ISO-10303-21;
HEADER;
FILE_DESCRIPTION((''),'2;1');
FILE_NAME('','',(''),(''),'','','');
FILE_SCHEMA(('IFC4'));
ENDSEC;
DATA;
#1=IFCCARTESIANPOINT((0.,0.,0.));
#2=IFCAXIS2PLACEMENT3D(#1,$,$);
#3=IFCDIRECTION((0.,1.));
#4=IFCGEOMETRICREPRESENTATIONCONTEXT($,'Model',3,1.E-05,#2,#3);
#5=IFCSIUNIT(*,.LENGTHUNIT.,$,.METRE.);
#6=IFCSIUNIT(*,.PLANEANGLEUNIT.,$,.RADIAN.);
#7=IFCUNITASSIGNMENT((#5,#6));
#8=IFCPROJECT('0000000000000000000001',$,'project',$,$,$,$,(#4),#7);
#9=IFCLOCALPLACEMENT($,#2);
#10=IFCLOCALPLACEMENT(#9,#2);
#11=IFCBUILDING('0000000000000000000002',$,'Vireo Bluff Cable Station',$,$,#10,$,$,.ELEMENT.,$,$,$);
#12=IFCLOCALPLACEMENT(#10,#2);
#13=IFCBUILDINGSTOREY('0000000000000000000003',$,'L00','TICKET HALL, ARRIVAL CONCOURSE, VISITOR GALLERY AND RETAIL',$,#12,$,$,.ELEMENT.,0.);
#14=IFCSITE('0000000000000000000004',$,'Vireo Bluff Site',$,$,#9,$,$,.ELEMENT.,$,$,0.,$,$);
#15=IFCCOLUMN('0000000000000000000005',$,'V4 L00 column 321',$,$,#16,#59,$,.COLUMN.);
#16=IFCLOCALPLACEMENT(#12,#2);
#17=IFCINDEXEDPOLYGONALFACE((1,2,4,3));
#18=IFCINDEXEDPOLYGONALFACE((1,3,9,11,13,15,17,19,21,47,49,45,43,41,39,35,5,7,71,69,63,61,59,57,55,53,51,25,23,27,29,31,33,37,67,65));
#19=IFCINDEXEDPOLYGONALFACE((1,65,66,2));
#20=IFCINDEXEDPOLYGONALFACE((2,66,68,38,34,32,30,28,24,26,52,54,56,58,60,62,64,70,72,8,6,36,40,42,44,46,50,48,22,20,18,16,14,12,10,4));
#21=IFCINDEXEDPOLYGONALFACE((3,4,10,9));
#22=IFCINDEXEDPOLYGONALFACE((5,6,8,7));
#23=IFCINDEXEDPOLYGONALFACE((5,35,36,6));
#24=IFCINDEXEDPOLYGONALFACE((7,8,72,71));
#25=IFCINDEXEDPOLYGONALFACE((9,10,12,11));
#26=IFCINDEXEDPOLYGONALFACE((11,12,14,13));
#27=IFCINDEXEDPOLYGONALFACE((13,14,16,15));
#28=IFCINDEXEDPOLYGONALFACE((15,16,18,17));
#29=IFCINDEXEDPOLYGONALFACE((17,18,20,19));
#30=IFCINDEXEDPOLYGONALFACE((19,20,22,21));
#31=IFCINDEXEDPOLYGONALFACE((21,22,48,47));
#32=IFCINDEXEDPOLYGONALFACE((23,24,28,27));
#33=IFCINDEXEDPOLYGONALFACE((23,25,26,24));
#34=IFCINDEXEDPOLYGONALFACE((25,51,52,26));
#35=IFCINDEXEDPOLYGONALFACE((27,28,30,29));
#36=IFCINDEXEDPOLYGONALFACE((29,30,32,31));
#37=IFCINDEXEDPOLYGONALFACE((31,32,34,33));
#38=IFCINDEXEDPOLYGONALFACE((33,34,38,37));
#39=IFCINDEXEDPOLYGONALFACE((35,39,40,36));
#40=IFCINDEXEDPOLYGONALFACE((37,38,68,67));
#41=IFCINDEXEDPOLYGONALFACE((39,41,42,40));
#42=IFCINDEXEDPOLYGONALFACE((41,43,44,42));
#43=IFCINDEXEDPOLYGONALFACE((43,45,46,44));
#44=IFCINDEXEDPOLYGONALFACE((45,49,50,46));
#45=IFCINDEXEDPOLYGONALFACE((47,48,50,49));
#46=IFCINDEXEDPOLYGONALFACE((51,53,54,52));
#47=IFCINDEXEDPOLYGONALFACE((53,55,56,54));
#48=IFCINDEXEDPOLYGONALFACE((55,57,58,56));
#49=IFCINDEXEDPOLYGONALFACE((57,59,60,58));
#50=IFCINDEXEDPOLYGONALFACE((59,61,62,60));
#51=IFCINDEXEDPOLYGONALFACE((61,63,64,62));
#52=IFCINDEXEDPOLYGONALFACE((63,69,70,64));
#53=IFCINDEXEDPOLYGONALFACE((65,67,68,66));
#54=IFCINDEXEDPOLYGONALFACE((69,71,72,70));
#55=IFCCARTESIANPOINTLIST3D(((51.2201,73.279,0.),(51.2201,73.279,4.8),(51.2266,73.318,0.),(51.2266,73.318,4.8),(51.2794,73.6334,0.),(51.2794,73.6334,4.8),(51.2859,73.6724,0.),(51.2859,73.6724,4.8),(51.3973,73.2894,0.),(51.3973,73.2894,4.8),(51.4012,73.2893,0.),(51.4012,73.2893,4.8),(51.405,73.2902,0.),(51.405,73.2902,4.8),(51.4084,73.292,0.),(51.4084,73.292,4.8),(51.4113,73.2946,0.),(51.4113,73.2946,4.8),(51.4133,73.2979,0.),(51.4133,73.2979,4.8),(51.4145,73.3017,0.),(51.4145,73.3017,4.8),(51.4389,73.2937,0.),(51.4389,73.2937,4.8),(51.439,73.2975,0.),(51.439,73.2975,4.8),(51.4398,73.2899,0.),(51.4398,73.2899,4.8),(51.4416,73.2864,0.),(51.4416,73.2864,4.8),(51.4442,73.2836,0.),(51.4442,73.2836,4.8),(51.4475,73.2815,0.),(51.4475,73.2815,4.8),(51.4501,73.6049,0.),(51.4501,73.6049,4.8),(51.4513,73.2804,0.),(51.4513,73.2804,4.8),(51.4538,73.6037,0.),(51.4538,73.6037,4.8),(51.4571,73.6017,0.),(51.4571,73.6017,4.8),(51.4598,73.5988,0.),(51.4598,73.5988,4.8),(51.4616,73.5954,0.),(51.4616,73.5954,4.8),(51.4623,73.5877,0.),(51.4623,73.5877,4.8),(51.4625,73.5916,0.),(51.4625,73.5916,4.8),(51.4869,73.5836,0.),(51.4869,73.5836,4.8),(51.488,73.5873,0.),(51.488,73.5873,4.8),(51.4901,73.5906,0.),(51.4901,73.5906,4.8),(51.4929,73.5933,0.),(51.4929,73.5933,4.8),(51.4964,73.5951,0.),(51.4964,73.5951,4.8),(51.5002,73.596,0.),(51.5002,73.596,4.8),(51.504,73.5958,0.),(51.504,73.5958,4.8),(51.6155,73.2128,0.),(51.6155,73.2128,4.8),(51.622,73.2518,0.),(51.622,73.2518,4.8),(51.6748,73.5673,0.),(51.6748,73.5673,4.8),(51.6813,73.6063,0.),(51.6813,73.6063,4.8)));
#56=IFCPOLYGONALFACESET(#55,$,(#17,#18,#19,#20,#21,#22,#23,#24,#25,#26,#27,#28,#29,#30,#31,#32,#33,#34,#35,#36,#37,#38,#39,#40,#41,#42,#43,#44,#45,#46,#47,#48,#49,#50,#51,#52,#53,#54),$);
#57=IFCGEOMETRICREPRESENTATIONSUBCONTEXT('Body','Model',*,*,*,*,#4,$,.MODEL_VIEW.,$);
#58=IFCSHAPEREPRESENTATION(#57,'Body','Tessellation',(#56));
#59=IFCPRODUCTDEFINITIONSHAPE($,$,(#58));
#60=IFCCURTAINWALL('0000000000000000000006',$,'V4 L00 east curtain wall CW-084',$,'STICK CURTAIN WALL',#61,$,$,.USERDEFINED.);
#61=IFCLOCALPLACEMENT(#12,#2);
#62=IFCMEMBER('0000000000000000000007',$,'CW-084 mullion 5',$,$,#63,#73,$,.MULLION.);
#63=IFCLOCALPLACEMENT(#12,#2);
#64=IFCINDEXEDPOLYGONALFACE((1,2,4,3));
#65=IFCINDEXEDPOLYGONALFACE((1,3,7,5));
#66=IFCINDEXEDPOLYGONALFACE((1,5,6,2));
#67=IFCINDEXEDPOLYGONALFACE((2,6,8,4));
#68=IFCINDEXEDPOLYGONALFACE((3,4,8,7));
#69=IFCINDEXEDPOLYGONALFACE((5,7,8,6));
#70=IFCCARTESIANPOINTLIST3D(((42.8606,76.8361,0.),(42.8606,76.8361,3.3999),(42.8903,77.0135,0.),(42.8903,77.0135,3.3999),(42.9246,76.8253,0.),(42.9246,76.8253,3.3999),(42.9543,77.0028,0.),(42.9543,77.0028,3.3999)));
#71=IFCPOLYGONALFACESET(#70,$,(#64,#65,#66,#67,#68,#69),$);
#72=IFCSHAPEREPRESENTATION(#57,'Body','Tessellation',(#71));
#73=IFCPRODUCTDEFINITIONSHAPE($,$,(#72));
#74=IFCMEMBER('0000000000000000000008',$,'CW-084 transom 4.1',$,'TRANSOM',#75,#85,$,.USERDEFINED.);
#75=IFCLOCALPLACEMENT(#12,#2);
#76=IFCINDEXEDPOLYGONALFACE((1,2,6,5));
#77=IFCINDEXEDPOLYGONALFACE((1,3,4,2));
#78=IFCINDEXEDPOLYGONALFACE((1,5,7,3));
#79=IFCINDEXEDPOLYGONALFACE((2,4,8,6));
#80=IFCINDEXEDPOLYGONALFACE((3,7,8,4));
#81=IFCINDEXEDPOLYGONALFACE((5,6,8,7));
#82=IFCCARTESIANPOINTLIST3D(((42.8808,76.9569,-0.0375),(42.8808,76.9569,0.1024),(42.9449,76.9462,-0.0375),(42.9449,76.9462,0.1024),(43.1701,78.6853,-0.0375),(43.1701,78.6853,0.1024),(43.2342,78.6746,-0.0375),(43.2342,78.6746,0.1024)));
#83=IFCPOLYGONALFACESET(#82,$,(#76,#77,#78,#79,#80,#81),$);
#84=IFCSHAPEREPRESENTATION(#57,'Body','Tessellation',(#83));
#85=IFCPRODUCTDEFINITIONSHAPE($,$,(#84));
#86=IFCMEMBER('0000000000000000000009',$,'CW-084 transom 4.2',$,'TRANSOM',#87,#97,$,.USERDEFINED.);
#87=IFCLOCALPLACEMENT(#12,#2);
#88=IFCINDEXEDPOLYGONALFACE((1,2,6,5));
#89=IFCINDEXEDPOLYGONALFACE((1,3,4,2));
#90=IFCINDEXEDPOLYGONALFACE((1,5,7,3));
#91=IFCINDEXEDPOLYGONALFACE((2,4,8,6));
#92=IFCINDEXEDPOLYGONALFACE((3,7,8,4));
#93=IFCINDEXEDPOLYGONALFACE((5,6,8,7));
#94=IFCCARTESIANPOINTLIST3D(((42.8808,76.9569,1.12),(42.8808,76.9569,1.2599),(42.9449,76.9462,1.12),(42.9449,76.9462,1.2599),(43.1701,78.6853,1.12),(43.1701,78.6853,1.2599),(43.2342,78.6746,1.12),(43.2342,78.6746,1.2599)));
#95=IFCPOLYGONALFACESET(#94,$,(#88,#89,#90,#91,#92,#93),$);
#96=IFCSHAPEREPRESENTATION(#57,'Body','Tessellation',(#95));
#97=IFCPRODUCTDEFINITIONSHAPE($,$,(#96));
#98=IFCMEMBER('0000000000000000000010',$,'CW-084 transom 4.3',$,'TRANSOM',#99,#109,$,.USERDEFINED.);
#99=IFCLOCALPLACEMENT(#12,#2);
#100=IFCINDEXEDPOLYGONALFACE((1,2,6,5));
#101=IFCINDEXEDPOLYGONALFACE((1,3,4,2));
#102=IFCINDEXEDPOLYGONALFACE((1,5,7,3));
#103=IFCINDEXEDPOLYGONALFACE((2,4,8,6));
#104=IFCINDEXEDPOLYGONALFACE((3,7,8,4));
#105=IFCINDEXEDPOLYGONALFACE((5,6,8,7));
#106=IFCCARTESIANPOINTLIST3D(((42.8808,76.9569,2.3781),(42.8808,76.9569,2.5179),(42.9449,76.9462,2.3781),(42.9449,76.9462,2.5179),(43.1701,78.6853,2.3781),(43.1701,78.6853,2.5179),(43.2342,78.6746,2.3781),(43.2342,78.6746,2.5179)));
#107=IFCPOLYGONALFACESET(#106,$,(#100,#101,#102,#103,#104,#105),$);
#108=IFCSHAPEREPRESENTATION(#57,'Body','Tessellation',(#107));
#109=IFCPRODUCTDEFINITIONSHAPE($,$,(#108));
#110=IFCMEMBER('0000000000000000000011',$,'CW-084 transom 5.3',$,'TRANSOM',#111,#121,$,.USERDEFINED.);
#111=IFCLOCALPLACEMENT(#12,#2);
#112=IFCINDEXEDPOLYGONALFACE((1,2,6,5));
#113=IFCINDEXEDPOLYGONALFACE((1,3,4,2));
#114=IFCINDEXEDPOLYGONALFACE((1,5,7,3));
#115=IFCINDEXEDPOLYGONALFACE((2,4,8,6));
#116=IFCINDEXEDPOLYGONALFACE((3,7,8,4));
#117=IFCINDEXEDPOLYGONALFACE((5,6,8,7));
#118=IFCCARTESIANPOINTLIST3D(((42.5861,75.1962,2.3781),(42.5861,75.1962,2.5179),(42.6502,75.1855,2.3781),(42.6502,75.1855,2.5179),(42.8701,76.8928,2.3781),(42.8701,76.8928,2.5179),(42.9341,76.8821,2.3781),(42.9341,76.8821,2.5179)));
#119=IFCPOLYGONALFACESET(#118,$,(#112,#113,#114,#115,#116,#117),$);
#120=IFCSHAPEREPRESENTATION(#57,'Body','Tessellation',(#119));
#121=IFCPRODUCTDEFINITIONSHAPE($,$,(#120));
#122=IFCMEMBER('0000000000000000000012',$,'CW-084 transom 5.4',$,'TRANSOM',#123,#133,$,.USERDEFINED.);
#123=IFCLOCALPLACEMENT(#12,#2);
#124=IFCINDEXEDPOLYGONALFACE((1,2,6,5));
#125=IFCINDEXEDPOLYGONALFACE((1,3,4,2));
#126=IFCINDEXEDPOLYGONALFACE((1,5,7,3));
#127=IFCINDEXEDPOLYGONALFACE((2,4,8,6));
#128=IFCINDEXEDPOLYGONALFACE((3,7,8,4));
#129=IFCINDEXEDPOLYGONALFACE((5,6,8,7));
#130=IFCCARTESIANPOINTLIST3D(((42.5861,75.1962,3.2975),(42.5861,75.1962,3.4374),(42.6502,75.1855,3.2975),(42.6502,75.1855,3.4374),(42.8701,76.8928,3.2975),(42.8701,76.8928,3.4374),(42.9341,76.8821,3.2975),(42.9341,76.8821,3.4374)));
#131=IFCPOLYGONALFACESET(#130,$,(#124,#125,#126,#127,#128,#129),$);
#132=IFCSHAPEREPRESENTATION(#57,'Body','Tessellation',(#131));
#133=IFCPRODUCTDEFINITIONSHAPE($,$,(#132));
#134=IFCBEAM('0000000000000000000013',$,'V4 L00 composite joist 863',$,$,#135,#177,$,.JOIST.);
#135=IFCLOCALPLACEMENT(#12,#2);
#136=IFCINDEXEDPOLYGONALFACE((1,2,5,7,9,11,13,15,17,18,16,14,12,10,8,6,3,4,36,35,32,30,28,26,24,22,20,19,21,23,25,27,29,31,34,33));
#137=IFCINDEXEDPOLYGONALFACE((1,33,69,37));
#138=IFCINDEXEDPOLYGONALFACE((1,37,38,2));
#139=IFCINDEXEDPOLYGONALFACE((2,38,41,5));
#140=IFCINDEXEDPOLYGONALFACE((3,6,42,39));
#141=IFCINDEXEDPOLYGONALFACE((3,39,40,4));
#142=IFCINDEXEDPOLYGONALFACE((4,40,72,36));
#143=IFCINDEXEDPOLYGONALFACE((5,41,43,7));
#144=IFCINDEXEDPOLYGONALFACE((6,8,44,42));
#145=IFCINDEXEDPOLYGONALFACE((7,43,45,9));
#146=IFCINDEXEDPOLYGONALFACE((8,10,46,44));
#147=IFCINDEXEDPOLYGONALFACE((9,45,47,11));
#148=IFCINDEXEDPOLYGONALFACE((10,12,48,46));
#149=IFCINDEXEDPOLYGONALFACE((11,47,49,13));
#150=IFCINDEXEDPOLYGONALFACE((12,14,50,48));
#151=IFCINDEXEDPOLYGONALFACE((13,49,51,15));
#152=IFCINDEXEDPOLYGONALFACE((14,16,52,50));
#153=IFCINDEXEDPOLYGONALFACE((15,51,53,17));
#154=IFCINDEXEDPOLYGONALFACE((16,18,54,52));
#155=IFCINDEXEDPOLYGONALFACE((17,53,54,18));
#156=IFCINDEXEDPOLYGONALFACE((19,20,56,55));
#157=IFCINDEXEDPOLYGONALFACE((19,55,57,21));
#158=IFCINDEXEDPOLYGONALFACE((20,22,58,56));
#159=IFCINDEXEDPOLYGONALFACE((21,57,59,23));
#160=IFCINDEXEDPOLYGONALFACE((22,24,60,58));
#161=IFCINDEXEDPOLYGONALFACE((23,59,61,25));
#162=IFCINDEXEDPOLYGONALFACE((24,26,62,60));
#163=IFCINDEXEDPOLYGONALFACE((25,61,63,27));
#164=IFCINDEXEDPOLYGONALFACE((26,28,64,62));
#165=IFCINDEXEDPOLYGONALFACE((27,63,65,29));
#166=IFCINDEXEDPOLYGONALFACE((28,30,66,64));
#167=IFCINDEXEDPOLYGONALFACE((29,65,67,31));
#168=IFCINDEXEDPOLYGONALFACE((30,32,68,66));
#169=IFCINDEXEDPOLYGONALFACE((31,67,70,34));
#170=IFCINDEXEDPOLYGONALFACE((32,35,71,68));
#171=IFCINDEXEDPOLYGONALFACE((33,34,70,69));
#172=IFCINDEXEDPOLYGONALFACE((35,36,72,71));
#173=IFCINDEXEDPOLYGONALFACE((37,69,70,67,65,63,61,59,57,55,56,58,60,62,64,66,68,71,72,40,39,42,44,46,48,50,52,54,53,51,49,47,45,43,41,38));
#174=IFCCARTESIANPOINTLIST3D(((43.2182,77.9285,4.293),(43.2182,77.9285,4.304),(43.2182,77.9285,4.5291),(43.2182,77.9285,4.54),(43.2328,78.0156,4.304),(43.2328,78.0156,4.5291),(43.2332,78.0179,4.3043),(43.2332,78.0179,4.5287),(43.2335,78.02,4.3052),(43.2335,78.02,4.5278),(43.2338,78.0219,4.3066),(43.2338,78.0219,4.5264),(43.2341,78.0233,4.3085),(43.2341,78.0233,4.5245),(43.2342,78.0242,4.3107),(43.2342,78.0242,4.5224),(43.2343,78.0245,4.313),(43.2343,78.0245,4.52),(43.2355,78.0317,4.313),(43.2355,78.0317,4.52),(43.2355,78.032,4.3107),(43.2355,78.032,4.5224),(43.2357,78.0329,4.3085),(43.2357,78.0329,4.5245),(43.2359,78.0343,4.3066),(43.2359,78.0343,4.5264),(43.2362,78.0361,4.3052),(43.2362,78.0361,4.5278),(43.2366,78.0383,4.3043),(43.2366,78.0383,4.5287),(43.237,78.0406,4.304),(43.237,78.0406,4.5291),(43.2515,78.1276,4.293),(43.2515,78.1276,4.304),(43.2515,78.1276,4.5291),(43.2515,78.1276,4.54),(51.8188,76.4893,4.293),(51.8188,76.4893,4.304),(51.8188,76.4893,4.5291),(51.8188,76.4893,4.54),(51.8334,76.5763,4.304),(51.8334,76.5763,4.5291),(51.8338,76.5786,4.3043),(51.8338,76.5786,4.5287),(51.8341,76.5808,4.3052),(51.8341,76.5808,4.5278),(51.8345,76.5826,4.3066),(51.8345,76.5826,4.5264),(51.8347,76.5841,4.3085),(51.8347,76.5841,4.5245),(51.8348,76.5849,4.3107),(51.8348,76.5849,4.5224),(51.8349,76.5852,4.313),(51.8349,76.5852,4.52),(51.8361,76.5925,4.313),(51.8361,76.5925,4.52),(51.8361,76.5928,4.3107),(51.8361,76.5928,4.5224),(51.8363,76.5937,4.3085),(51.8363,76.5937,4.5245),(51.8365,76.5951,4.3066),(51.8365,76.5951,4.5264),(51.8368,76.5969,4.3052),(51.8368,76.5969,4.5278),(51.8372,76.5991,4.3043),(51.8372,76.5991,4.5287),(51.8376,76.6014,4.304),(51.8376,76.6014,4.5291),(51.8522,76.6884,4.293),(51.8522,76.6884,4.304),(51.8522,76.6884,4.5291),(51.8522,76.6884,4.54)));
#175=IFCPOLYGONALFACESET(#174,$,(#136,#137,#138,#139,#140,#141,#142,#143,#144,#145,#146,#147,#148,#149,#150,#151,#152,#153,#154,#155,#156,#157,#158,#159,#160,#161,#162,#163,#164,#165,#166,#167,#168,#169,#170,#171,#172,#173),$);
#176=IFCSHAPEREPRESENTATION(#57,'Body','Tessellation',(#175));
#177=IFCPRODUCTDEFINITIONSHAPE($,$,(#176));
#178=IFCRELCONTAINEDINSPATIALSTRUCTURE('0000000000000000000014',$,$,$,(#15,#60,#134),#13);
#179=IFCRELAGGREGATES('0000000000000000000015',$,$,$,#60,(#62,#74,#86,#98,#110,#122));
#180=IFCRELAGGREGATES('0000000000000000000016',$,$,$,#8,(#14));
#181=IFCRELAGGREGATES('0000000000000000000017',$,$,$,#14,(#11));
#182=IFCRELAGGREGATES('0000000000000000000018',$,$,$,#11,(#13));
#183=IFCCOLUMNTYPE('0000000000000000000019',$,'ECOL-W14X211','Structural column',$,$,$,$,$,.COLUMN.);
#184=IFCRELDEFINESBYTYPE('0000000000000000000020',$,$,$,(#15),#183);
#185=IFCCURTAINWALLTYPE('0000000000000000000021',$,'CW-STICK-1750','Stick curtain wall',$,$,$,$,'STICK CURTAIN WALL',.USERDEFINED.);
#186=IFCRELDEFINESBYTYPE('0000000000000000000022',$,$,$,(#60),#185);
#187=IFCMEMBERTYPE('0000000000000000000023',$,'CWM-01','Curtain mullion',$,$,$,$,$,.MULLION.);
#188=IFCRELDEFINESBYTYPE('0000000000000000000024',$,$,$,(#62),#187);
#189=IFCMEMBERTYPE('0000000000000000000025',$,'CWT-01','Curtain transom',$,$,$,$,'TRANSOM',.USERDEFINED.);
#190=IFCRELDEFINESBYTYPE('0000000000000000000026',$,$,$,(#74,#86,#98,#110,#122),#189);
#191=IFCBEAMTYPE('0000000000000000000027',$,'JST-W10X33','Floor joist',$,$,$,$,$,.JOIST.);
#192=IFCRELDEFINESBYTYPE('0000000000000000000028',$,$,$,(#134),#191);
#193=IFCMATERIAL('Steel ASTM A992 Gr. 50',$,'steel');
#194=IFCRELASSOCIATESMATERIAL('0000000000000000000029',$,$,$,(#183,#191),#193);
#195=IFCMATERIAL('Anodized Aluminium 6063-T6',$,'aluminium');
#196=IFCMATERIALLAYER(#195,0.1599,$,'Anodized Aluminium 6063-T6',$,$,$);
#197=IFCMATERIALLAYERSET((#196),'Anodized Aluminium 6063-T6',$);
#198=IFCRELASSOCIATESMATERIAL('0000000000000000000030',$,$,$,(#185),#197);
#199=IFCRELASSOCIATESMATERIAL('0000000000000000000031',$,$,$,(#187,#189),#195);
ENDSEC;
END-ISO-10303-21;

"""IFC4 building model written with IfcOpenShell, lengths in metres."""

from ifc_helpers import new_model, si_unit, direction, frame, origin, origin_2d, place, context, subcontext, project, spatial, rectangle, i_section, extrude, material, layer, layer_set, material_profile, profile_set, type_object, element, aggregate, save


model = new_model("IFC4")

# Units and contexts
model_context = context("Model", 3, precision=1e-05, world=origin(), true_north=direction((0.0, 1.0)))
body_context = subcontext(model_context, "Body", "Model", "MODEL_VIEW")
ifc_project = project(units=[si_unit("LENGTHUNIT", "METRE"), si_unit("PLANEANGLEUNIT", "RADIAN")], contexts=[model_context])

# Site, building, storey
site_placement = place(None, origin())
site = spatial("IfcSite", under=ifc_project, at=site_placement, Name="Vireo Bluff Site", CompositionType="ELEMENT", RefElevation=0.0)
building_placement = place(site_placement, origin())
building = spatial("IfcBuilding", under=site, at=building_placement, Name="Vireo Bluff Cable Station", CompositionType="ELEMENT")
storey_placement = place(building_placement, origin())
storey = spatial("IfcBuildingStorey", under=building, at=storey_placement, Name="L00", Description="TICKET HALL, ARRIVAL CONCOURSE, VISITOR GALLERY AND RETAIL", CompositionType="ELEMENT", Elevation=0.0)

# Column
ifc_material_1 = material(Name="Steel ASTM A992 Gr. 50", Category="steel")
ifc_material_profile_1 = material_profile(ifc_material_1, i_section(OverallWidth=0.4009, OverallDepth=0.3989, WebThickness=0.0249, FlangeThickness=0.0396, FilletRadius=0.0149, at=origin_2d()), Name="W14X211")
ifc_profile_set_1 = profile_set([ifc_material_profile_1], Name="Steel ASTM A992 Gr. 50")
column_type_1 = type_object("IfcColumnType", Name="ECOL-W14X211", Description="Structural column", PredefinedType="COLUMN", material=ifc_profile_set_1)
column_placement = place(storey_placement, frame((51.4507, 73.4426, 0.0), z_axis=(0.0, 0.0, 1.0), x_axis=(0.986286, -0.165048, 0.0)))
element("IfcColumn", 1, at=column_placement, inside=storey, type_object=column_type_1, Name="V4 L00 column 321", PredefinedType="COLUMN", context=body_context, shape_type="SweptSolid", body=[
    extrude(i_section(OverallWidth=0.4009, OverallDepth=0.3989, WebThickness=0.0249, FlangeThickness=0.0396, FilletRadius=0.0149, at=origin_2d()), origin(), (0.0, 0.0, 1.0), 4.8),
])

# Curtain wall, members
ifc_material_2 = material(Name="Anodized Aluminium 6063-T6", Category="aluminium")
ifc_layer_1 = layer(ifc_material_2, 0.1599, Name="Anodized Aluminium 6063-T6")
ifc_layer_set_1 = layer_set([ifc_layer_1], Name="Anodized Aluminium 6063-T6")
curtain_wall_type = type_object("IfcCurtainWallType", Name="CW-STICK-1750", Description="Stick curtain wall", ElementType="STICK CURTAIN WALL", PredefinedType="USERDEFINED", material=ifc_layer_set_1)
curtain_wall_placement = place(storey_placement, origin())
curtain_wall = element("IfcCurtainWall", 2, at=curtain_wall_placement, inside=storey, type_object=curtain_wall_type, Name="V4 L00 east curtain wall CW-084", ObjectType="STICK CURTAIN WALL", PredefinedType="USERDEFINED")
ifc_material_profile_2 = material_profile(ifc_material_2, rectangle(XDim=0.0649, YDim=0.1799, at=origin_2d()), Name="ALU-M-65X180")
ifc_profile_set_2 = profile_set([ifc_material_profile_2], Name="Anodized Aluminium 6063-T6")
member_type_1 = type_object("IfcMemberType", Name="CWM-01", Description="Curtain mullion", PredefinedType="MULLION", material=ifc_profile_set_2)
member_1_placement = place(storey_placement, frame((42.9075, 76.9194, 0.0), z_axis=(0.0, 0.0, 1.0), x_axis=(0.986286, -0.165048, 0.0)))
member_1 = element("IfcMember", 3, at=member_1_placement, type_object=member_type_1, Name="CW-084 mullion 5", PredefinedType="MULLION", context=body_context, shape_type="SweptSolid", body=[
    extrude(rectangle(XDim=0.0649, YDim=0.1799, at=origin_2d()), origin(), (0.0, 0.0, 1.0), 3.3999),
])
ifc_material_profile_3 = material_profile(ifc_material_2, rectangle(XDim=0.0649, YDim=0.1399, at=origin_2d()), Name="ALU-T-65X140")
ifc_profile_set_3 = profile_set([ifc_material_profile_3], Name="Anodized Aluminium 6063-T6")
member_type_2 = type_object("IfcMemberType", Name="CWT-01", Description="Curtain transom", ElementType="TRANSOM", PredefinedType="USERDEFINED", material=ifc_profile_set_3)
member_2_placement = place(storey_placement, frame((43.2021, 78.6799, 0.0325), z_axis=(-0.165077, -0.986281, 0.0), x_axis=(0.986281, -0.165077, 0.0)))
member_2 = element("IfcMember", 4, at=member_2_placement, type_object=member_type_2, Name="CW-084 transom 4.1", ObjectType="TRANSOM", PredefinedType="USERDEFINED", context=body_context, shape_type="SweptSolid", body=[
    extrude(rectangle(XDim=0.0649, YDim=0.1399, at=origin_2d()), origin(), (0.0, 0.0, 1.0), 1.7524),
])
member_3_placement = place(storey_placement, frame((43.2021, 78.6799, 1.1899), z_axis=(-0.165077, -0.986281, 0.0), x_axis=(0.986281, -0.165077, 0.0)))
member_3 = element("IfcMember", 5, at=member_3_placement, type_object=member_type_2, Name="CW-084 transom 4.2", ObjectType="TRANSOM", PredefinedType="USERDEFINED", context=body_context, shape_type="SweptSolid", body=[
    extrude(rectangle(XDim=0.0649, YDim=0.1399, at=origin_2d()), origin(), (0.0, 0.0, 1.0), 1.7524),
])
member_4_placement = place(storey_placement, frame((43.2021, 78.6799, 2.448), z_axis=(-0.165077, -0.986281, 0.0), x_axis=(0.986281, -0.165077, 0.0)))
member_4 = element("IfcMember", 6, at=member_4_placement, type_object=member_type_2, Name="CW-084 transom 4.3", ObjectType="TRANSOM", PredefinedType="USERDEFINED", context=body_context, shape_type="SweptSolid", body=[
    extrude(rectangle(XDim=0.0649, YDim=0.1399, at=origin_2d()), origin(), (0.0, 0.0, 1.0), 1.7524),
])
member_5_placement = place(storey_placement, frame((42.9021, 76.8875, 2.448), z_axis=(-0.165066, -0.986282, 0.0), x_axis=(0.986282, -0.165066, 0.0)))
member_5 = element("IfcMember", 7, at=member_5_placement, type_object=member_type_2, Name="CW-084 transom 5.3", ObjectType="TRANSOM", PredefinedType="USERDEFINED", context=body_context, shape_type="SweptSolid", body=[
    extrude(rectangle(XDim=0.0649, YDim=0.1399, at=origin_2d()), origin(), (0.0, 0.0, 1.0), 1.7202),
])
member_6_placement = place(storey_placement, frame((42.9021, 76.8875, 3.3674), z_axis=(-0.165066, -0.986282, 0.0), x_axis=(0.986282, -0.165066, 0.0)))
member_6 = element("IfcMember", 8, at=member_6_placement, type_object=member_type_2, Name="CW-084 transom 5.4", ObjectType="TRANSOM", PredefinedType="USERDEFINED", context=body_context, shape_type="SweptSolid", body=[
    extrude(rectangle(XDim=0.0649, YDim=0.1399, at=origin_2d()), origin(), (0.0, 0.0, 1.0), 1.7202),
])

# Beam
ifc_material_profile_4 = material_profile(ifc_material_1, i_section(OverallWidth=0.2019, OverallDepth=0.2471, WebThickness=0.0073, FlangeThickness=0.011, FilletRadius=0.009, at=origin_2d()), Name="W10X33")
ifc_profile_set_4 = profile_set([ifc_material_profile_4], Name="Steel ASTM A992 Gr. 50")
beam_type_1 = type_object("IfcBeamType", Name="JST-W10X33", Description="Floor joist", PredefinedType="JOIST", material=ifc_profile_set_4)
beam_1_placement = place(storey_placement, frame((43.2349, 78.0281, 4.4165), z_axis=(0.986286, -0.165044, 0.0), x_axis=(0.165044, 0.986286, 0.0)))
element("IfcBeam", 9, at=beam_1_placement, inside=storey, type_object=beam_type_1, Name="V4 L00 composite joist 863", PredefinedType="JOIST", context=body_context, shape_type="SweptSolid", body=[
    extrude(i_section(OverallWidth=0.2019, OverallDepth=0.2471, WebThickness=0.0073, FlangeThickness=0.011, FilletRadius=0.009, at=origin_2d()), origin(), (0.0, 0.0, 1.0), 8.7202),
])

aggregate(curtain_wall, [member_1, member_2, member_3, member_4, member_5, member_6])

save(model, "model.ifc")
